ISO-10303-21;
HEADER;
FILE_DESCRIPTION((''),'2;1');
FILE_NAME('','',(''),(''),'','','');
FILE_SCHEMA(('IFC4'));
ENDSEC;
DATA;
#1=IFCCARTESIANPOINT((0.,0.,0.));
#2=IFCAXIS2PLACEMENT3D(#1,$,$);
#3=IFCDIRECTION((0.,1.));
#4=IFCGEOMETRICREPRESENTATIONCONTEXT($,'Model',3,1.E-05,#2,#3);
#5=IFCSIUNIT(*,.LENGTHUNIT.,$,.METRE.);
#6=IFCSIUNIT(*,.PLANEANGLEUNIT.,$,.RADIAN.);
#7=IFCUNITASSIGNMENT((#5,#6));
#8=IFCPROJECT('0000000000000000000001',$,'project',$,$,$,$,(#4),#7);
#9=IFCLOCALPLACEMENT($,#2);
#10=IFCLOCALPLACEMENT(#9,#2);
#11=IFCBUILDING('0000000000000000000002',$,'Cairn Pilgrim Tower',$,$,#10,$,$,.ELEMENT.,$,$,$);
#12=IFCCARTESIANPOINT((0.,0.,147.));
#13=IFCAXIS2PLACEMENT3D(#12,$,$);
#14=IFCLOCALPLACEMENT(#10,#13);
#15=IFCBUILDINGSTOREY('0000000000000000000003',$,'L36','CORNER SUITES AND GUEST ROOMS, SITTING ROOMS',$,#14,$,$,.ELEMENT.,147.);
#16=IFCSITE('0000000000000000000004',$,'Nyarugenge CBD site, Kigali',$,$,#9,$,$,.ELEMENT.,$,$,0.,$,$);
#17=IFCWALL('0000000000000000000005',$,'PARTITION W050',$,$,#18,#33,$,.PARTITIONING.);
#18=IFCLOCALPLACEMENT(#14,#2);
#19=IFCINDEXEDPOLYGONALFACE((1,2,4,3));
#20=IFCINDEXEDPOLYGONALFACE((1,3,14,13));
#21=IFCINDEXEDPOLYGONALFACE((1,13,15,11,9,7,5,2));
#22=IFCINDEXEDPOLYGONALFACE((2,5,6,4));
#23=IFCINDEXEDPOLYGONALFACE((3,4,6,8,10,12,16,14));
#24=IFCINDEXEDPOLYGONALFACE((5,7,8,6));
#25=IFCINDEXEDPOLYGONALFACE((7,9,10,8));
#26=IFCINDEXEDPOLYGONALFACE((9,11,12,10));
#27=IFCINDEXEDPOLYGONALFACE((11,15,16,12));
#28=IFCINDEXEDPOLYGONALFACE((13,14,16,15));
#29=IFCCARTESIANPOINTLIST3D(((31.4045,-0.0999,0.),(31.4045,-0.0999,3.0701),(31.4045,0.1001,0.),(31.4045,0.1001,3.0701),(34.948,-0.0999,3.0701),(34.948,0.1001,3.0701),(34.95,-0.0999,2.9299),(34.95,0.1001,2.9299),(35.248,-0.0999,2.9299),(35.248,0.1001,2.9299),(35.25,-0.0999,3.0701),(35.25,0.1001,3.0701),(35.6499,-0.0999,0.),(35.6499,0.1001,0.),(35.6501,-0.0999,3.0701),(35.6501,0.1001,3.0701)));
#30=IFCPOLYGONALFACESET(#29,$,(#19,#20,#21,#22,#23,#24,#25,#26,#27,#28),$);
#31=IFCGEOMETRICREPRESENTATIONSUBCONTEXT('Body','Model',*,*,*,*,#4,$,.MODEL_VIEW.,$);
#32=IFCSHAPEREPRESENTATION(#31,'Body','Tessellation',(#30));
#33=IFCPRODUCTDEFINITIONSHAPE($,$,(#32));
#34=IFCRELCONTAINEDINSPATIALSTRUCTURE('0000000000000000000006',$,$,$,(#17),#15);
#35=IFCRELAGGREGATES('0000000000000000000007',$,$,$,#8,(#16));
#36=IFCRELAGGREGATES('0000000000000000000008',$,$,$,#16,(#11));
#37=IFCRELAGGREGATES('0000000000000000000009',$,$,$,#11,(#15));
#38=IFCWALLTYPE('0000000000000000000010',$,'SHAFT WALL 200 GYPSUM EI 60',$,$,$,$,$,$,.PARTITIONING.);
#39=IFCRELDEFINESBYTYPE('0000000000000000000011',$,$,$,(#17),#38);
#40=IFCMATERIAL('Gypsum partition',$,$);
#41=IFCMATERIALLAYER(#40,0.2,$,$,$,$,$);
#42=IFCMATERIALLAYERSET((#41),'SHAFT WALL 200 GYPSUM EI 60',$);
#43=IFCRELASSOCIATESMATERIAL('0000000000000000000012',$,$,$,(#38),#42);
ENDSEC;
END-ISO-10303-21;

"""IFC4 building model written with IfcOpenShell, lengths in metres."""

from ifc_helpers import new_model, si_unit, direction, frame, origin, place, context, subcontext, project, spatial, polyline, outline, extrude, material, layer, layer_set, type_object, element, save


model = new_model("IFC4")

# Units and contexts
model_context = context("Model", 3, precision=1e-05, world=origin(), true_north=direction((0.0, 1.0)))
body_context = subcontext(model_context, "Body", "Model", "MODEL_VIEW")
ifc_project = project(units=[si_unit("LENGTHUNIT", "METRE"), si_unit("PLANEANGLEUNIT", "RADIAN")], contexts=[model_context])

# Site, building, storey
site_placement = place(None, origin())
site = spatial("IfcSite", under=ifc_project, at=site_placement, Name="Nyarugenge CBD site, Kigali", CompositionType="ELEMENT", RefElevation=0.0)
building_placement = place(site_placement, origin())
building = spatial("IfcBuilding", under=site, at=building_placement, Name="Cairn Pilgrim Tower", CompositionType="ELEMENT")
storey_placement = place(building_placement, frame((0.0, 0.0, 147.0)))
storey = spatial("IfcBuildingStorey", under=building, at=storey_placement, Name="L36", Description="CORNER SUITES AND GUEST ROOMS, SITTING ROOMS", CompositionType="ELEMENT", Elevation=147.0)

# Wall
ifc_material_1 = material(Name="Gypsum partition")
ifc_layer_1 = layer(ifc_material_1, 0.2)
ifc_layer_set_1 = layer_set([ifc_layer_1], Name="SHAFT WALL 200 GYPSUM EI 60")
wall_type_1 = type_object("IfcWallType", Name="SHAFT WALL 200 GYPSUM EI 60", PredefinedType="PARTITIONING", material=ifc_layer_set_1)
wall_1_placement = place(storey_placement, frame((31.4045, 0.0, 0.0), z_axis=(0.0, 0.0, 1.0), x_axis=(1.0, 0.0, 0.0)))
element("IfcWall", 1, at=wall_1_placement, inside=storey, type_object=wall_type_1, Name="PARTITION W050", PredefinedType="PARTITIONING", context=body_context, shape_type="SweptSolid", body=[
    extrude(outline(polyline([(0.0, 0.0), (4.2454, 0.0), (4.2456, 3.0701), (3.8455, 3.0701), (3.8435, 2.9299), (3.5454, 2.9299), (3.5435, 3.0701), (0.0, 3.0701), (0.0, 0.0)])), frame((0.0, 0.1001, 0.0), z_axis=(0.0, -1.0, 0.0), x_axis=(1.0, 0.0, 0.0)), (0.0, 0.0, 1.0), 0.2),
])

save(model, "model.ifc")
